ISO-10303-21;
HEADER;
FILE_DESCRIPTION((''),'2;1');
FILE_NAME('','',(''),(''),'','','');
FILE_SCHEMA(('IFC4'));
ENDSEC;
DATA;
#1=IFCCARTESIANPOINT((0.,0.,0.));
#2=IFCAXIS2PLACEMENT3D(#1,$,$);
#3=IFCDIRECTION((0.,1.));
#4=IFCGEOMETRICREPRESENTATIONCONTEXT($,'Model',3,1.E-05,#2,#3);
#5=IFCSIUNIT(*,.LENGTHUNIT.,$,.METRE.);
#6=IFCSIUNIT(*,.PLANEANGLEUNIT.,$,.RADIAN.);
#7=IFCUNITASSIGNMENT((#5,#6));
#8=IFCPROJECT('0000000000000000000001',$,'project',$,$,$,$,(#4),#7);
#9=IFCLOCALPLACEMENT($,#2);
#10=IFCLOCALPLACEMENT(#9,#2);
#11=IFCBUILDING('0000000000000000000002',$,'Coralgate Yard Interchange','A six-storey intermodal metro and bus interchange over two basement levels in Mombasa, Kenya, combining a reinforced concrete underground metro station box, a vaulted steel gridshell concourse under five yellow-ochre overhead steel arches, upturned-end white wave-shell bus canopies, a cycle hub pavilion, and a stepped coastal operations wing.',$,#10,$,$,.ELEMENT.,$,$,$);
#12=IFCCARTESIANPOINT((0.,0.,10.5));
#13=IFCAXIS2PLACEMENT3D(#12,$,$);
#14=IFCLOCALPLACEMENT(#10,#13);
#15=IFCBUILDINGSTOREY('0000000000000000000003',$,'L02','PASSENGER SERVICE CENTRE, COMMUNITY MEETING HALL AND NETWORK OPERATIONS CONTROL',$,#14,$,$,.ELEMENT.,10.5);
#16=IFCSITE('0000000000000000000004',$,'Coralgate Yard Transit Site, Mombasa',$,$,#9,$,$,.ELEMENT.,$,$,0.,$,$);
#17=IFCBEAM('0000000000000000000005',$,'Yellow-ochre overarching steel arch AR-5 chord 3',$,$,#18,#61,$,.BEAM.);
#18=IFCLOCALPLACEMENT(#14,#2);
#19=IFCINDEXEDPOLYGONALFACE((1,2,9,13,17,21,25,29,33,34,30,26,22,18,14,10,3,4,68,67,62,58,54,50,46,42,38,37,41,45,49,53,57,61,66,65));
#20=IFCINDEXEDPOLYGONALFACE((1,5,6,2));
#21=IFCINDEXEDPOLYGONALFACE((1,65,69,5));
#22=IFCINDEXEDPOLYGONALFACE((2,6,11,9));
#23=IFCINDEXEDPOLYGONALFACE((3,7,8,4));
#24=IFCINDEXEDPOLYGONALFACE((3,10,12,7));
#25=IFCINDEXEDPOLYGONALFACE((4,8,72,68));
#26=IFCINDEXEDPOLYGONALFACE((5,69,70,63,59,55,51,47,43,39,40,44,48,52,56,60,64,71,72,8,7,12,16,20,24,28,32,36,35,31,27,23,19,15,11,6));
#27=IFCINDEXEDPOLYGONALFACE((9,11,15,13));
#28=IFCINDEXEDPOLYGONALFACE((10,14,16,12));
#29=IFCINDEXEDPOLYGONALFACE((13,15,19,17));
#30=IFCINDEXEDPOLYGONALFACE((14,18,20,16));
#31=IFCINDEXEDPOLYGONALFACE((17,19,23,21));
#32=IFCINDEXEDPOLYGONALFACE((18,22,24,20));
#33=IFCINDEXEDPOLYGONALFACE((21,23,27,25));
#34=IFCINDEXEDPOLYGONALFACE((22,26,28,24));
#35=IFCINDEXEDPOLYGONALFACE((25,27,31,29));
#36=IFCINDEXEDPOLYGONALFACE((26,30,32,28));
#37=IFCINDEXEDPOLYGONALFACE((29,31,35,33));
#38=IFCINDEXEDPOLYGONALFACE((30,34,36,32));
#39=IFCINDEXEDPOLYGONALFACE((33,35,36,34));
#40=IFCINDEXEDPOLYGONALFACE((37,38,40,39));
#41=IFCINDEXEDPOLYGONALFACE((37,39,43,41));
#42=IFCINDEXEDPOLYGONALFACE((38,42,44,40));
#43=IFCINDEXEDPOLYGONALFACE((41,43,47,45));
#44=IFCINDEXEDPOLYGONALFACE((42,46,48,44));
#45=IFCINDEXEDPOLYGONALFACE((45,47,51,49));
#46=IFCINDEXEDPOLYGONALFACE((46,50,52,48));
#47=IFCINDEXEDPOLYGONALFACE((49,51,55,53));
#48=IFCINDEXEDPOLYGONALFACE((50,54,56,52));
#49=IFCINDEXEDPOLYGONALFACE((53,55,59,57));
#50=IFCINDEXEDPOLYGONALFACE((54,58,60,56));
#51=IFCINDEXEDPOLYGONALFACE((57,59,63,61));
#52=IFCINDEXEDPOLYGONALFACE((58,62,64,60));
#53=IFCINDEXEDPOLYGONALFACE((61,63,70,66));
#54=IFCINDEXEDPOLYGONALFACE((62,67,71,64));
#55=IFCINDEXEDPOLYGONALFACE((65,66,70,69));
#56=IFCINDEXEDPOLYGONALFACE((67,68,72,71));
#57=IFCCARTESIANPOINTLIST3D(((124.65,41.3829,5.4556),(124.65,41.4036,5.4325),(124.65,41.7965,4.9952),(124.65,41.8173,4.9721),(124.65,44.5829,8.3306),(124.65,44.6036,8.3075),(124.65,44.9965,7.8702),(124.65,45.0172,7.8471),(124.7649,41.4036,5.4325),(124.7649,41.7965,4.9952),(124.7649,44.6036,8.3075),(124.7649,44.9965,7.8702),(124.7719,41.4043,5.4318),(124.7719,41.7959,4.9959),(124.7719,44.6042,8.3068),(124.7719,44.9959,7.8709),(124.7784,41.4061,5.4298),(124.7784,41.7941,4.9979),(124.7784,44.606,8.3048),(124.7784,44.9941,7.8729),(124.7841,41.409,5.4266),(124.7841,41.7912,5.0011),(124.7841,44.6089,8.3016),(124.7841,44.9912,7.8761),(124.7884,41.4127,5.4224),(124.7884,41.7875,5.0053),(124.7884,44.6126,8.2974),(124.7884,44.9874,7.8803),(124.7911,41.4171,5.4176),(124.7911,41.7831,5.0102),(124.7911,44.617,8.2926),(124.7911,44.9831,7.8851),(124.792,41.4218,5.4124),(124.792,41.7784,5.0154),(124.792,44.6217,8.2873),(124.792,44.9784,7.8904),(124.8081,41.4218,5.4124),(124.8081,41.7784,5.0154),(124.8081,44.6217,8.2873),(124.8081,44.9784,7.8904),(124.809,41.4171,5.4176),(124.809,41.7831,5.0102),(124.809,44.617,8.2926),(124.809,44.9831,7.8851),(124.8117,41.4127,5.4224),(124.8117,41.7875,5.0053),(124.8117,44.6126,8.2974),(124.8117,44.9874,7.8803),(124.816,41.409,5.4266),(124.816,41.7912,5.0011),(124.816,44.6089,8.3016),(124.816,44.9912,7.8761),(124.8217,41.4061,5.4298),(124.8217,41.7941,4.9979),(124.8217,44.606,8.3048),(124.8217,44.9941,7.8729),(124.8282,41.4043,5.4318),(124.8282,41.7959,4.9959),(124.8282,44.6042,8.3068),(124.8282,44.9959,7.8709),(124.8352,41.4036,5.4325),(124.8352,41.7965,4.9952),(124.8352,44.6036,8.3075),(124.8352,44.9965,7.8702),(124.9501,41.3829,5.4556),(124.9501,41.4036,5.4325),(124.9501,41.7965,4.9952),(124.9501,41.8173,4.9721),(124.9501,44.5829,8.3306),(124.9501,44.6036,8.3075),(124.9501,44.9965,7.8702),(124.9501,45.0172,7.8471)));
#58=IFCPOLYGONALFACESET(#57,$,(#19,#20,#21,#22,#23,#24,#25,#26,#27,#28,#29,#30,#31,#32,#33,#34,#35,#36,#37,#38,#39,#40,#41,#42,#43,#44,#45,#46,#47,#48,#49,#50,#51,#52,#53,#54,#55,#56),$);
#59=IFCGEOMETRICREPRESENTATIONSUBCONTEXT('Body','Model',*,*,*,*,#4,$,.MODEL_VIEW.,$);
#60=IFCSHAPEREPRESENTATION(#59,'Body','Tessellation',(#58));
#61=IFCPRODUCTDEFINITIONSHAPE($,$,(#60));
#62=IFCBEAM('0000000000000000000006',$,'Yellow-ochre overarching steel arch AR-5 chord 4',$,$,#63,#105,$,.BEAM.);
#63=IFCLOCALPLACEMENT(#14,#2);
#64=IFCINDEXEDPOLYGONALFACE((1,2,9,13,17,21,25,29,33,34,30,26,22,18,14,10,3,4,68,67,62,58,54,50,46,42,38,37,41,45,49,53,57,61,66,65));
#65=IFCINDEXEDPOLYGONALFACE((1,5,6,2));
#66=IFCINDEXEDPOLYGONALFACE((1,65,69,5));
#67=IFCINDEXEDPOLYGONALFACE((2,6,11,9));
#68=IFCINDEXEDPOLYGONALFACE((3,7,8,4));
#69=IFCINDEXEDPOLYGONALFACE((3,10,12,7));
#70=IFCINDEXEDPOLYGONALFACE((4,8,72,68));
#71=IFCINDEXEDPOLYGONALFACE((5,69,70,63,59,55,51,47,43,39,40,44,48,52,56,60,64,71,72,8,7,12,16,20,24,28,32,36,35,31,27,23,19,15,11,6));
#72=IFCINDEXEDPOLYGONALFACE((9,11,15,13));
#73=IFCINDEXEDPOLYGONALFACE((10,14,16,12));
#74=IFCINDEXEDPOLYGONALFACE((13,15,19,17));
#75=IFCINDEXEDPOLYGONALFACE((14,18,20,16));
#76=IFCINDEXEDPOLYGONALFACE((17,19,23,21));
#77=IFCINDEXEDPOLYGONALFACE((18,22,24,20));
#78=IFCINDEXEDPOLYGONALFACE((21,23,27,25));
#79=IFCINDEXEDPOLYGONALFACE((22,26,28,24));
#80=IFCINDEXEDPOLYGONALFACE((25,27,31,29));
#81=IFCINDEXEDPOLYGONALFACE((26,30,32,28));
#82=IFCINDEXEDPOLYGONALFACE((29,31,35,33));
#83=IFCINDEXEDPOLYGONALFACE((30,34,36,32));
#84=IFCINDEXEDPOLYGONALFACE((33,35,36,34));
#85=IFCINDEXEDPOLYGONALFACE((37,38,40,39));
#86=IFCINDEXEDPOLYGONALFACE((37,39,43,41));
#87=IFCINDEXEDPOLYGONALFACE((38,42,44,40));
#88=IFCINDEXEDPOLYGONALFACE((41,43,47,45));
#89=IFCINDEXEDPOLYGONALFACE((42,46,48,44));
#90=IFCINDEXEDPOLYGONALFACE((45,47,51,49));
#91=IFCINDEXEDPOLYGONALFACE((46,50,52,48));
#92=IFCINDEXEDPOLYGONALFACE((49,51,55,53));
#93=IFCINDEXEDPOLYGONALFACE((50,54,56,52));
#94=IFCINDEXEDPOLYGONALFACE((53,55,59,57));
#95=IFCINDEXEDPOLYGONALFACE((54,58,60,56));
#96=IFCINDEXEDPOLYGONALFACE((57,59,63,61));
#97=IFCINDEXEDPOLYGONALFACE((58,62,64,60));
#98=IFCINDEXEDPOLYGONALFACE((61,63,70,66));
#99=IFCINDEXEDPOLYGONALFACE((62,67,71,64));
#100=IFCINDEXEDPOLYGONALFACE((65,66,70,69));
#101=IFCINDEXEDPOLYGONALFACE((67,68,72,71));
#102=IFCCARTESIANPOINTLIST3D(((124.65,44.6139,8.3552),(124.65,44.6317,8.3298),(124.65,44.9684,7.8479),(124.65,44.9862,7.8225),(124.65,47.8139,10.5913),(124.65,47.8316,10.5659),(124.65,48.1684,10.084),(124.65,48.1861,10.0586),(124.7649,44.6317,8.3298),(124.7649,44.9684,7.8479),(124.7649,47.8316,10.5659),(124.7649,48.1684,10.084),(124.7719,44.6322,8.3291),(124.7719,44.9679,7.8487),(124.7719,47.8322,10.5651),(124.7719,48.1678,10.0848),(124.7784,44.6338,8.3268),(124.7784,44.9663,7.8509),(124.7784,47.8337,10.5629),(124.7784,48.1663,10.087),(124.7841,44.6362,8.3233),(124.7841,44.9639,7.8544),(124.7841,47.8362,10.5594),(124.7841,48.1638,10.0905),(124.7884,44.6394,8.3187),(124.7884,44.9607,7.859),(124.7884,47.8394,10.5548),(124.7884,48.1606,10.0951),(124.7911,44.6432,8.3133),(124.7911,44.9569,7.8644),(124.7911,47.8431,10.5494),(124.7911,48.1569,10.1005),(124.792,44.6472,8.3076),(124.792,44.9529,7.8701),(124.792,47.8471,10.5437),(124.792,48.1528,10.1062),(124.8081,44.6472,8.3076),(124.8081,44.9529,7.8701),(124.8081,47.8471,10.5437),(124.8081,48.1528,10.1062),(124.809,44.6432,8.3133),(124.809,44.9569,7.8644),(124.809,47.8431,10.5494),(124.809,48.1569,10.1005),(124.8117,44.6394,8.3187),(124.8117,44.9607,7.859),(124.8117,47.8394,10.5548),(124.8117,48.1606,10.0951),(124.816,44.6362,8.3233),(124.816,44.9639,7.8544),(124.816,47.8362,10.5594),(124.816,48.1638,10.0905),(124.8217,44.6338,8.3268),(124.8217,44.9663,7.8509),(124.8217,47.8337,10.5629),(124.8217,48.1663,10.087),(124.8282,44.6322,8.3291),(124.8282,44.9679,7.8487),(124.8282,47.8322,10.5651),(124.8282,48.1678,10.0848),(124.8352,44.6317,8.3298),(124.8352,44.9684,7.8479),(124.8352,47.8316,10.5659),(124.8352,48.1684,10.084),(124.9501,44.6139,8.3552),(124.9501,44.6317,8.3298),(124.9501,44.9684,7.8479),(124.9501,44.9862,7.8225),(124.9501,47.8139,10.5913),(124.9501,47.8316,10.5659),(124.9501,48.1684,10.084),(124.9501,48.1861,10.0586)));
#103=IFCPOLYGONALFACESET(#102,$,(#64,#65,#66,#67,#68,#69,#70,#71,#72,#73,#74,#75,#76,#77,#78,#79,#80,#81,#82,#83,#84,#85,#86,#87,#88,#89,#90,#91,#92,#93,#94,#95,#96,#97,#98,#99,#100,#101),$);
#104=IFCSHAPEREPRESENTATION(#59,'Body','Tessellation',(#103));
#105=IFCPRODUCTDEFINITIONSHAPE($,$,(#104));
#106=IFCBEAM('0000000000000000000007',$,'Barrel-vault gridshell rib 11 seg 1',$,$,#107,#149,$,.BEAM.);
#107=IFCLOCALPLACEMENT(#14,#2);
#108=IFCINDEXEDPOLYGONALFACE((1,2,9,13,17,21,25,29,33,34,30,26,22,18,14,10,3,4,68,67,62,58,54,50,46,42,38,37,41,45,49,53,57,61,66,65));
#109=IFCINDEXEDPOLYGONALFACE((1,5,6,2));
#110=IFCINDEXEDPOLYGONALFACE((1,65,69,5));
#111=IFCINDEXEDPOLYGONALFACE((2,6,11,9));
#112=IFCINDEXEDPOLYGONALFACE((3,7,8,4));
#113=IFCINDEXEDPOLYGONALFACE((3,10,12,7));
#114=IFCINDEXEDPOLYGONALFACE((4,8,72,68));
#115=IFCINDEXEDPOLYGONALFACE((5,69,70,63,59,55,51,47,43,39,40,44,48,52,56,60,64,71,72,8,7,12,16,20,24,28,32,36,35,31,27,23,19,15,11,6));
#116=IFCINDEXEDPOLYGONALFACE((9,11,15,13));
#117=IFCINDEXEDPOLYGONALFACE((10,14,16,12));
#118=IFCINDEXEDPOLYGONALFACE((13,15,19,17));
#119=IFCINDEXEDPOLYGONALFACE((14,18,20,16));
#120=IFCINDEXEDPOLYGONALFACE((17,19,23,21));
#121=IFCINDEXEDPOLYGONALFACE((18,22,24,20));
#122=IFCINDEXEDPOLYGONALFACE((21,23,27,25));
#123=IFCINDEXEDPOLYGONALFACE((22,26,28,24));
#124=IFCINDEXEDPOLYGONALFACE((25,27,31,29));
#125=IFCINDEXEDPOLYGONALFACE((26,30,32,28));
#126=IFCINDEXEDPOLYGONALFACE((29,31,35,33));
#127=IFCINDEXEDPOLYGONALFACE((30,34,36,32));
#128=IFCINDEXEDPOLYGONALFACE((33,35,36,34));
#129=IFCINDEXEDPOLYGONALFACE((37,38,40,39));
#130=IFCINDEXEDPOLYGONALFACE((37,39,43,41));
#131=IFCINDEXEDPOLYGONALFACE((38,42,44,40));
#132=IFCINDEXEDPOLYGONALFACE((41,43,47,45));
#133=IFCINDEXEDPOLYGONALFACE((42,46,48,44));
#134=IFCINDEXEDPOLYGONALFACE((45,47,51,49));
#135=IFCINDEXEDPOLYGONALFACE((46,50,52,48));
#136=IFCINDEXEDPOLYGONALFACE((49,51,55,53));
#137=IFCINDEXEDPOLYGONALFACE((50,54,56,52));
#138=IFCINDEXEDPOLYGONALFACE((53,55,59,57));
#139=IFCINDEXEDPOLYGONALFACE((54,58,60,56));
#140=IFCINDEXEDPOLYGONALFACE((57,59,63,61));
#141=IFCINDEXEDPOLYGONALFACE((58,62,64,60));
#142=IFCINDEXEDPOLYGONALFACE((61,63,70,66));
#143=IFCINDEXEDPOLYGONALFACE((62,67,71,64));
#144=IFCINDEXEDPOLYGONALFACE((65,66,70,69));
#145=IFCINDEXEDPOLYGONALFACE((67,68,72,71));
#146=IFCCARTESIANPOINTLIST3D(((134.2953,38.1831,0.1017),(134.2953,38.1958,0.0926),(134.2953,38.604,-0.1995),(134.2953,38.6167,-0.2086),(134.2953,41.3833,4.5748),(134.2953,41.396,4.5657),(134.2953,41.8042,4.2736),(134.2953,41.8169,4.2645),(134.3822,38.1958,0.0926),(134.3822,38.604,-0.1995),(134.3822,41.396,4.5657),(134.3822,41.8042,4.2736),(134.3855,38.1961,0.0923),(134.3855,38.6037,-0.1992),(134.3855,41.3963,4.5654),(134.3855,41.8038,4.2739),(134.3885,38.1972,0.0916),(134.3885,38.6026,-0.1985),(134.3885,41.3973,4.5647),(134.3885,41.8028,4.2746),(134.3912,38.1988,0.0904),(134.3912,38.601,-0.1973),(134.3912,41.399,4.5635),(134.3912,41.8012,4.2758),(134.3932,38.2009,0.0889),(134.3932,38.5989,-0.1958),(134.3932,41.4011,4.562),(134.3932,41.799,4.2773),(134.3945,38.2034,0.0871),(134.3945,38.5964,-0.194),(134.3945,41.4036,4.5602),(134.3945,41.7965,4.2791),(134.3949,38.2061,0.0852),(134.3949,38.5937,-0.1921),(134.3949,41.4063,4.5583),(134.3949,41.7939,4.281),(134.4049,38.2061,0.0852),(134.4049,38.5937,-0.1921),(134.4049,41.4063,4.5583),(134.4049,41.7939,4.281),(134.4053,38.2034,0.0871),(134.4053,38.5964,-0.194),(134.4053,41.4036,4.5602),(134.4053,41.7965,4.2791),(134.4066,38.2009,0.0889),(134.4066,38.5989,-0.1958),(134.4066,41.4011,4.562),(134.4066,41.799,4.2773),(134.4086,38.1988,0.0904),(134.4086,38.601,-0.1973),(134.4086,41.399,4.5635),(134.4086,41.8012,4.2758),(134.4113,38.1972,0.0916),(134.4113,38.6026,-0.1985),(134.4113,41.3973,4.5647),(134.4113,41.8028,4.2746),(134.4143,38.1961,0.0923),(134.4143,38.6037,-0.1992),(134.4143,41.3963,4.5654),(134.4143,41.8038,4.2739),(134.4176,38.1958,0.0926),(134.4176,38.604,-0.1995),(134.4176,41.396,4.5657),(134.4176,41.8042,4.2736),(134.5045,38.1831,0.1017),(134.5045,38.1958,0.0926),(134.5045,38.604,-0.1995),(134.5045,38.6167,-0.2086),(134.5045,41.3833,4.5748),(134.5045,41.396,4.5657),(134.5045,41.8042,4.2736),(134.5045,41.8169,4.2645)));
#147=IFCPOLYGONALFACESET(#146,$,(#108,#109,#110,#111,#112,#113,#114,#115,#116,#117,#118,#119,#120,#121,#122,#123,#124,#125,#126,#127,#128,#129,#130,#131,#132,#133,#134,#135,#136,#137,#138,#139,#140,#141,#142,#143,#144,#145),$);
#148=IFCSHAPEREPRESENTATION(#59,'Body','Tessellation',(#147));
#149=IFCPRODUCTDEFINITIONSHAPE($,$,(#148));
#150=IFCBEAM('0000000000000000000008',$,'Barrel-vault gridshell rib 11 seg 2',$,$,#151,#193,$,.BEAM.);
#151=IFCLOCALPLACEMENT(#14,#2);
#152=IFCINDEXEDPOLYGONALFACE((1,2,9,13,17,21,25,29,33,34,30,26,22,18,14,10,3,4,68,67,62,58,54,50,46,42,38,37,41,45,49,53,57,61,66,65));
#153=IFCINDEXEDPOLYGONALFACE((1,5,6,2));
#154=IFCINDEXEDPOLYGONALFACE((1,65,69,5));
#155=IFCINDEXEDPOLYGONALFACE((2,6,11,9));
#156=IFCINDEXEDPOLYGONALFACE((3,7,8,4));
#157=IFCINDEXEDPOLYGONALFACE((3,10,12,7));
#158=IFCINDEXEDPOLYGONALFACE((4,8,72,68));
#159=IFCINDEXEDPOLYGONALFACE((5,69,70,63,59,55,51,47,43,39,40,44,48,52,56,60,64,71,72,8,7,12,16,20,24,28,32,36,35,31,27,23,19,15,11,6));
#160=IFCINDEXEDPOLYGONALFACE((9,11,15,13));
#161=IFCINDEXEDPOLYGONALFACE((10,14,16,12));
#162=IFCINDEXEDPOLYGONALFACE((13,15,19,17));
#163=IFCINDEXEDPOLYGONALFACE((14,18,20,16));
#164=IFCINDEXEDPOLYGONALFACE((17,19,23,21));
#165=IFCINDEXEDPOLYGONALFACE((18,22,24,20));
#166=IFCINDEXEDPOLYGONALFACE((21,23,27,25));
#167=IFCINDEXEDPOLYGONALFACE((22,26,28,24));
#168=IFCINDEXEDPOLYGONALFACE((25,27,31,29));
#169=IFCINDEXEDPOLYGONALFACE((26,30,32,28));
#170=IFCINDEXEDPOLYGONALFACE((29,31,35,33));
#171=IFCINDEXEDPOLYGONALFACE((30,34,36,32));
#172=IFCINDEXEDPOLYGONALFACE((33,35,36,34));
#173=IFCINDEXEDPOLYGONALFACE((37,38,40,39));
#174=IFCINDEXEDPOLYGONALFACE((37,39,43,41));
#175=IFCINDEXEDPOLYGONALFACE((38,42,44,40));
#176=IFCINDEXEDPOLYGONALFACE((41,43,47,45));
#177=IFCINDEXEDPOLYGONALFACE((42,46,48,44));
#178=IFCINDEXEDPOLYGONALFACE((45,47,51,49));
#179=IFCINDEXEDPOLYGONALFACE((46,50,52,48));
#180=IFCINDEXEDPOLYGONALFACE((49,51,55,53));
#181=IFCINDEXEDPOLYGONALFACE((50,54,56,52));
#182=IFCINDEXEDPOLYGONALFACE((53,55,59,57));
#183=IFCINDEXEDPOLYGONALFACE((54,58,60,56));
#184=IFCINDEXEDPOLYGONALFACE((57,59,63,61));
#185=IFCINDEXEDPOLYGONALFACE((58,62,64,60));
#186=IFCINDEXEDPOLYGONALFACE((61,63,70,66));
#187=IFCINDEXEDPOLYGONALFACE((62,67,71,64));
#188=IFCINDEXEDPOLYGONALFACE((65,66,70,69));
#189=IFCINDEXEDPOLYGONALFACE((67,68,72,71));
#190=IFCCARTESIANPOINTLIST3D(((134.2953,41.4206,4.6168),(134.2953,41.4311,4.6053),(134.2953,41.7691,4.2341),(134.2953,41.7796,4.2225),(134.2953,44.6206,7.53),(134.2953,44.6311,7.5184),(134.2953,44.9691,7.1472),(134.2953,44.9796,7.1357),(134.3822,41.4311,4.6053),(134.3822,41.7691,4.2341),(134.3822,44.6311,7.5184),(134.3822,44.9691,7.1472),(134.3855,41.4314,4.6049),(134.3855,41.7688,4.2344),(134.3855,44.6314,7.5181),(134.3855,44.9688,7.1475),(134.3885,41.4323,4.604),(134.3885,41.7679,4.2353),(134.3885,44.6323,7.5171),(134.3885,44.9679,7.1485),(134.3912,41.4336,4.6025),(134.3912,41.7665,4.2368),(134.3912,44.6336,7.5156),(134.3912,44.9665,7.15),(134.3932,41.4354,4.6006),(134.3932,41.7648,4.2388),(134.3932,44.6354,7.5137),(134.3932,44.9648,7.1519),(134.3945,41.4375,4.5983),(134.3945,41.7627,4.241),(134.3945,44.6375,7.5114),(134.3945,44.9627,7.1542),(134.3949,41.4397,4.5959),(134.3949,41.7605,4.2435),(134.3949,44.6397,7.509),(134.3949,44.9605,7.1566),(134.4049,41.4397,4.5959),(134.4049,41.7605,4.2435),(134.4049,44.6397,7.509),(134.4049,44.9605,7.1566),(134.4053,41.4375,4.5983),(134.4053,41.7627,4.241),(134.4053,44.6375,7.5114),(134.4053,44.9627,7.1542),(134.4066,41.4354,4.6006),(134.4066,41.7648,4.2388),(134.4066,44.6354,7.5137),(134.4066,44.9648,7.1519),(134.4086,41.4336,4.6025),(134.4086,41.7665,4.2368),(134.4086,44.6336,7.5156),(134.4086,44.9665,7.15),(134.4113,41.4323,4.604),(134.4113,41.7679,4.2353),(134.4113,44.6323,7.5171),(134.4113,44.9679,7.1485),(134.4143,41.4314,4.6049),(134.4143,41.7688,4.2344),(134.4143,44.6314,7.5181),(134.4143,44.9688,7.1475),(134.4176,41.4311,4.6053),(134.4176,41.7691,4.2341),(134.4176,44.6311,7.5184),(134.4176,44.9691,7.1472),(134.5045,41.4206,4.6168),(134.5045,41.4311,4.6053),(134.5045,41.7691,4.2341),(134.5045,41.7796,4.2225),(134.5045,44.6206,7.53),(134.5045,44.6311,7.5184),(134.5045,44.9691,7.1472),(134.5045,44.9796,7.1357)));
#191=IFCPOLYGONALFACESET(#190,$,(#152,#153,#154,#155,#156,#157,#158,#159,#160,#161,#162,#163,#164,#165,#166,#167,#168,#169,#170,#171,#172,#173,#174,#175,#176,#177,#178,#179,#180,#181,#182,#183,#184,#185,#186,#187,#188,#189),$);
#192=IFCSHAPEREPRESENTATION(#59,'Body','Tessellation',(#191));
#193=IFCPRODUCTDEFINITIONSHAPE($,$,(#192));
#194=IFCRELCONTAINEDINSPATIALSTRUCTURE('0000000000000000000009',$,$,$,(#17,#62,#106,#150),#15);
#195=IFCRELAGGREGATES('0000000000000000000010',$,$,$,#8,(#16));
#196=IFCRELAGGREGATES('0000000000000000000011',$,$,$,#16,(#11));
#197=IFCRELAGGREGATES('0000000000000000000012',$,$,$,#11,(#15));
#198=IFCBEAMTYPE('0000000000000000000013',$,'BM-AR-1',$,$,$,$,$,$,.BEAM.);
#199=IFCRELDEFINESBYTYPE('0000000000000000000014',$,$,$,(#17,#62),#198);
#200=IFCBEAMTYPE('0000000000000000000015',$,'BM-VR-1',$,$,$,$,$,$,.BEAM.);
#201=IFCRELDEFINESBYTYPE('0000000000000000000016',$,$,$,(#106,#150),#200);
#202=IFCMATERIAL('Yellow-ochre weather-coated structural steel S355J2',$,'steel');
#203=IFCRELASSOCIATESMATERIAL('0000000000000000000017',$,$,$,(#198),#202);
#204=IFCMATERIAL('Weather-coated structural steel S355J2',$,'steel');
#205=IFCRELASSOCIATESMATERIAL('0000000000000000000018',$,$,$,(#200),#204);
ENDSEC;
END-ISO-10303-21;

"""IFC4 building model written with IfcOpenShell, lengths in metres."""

from ifc_helpers import new_model, si_unit, direction, frame, origin, origin_2d, place, context, subcontext, project, spatial, i_section, extrude, material, material_profile, profile_set, type_object, element, save


model = new_model("IFC4")

# Units and contexts
model_context = context("Model", 3, precision=1e-05, world=origin(), true_north=direction((0.0, 1.0)))
body_context = subcontext(model_context, "Body", "Model", "MODEL_VIEW")
ifc_project = project(units=[si_unit("LENGTHUNIT", "METRE"), si_unit("PLANEANGLEUNIT", "RADIAN")], contexts=[model_context])

# Site, building, storey
site_placement = place(None, origin())
site = spatial("IfcSite", under=ifc_project, at=site_placement, Name="Coralgate Yard Transit Site, Mombasa", CompositionType="ELEMENT", RefElevation=0.0)
building_placement = place(site_placement, origin())
building = spatial("IfcBuilding", under=site, at=building_placement, Name="Coralgate Yard Interchange", Description="A six-storey intermodal metro and bus interchange over two basement levels in Mombasa, Kenya, combining a reinforced concrete underground metro station box, a vaulted steel gridshell concourse under five yellow-ochre overhead steel arches, upturned-end white wave-shell bus canopies, a cycle hub pavilion, and a stepped coastal operations wing.", CompositionType="ELEMENT")
storey_placement = place(building_placement, frame((0.0, 0.0, 10.5)))
storey = spatial("IfcBuildingStorey", under=building, at=storey_placement, Name="L02", Description="PASSENGER SERVICE CENTRE, COMMUNITY MEETING HALL AND NETWORK OPERATIONS CONTROL", CompositionType="ELEMENT", Elevation=10.5)

# Beams
ifc_material_1 = material(Name="Yellow-ochre weather-coated structural steel S355J2", Category="steel")
ifc_material_profile_1 = material_profile(ifc_material_1, i_section(OverallWidth=0.3, OverallDepth=0.6499, WebThickness=0.0161, FlangeThickness=0.031, FilletRadius=0.0271, at=origin_2d()), Name="HEB 650")
ifc_profile_set_1 = profile_set([ifc_material_profile_1], Name="Yellow-ochre weather-coated structural steel S355J2")
beam_type_1 = type_object("IfcBeamType", Name="BM-AR-1", PredefinedType="BEAM", material=ifc_profile_set_1)
beam_1_placement = place(storey_placement, frame((124.8, 41.6001, 5.2139), z_axis=(0.0, 0.743867, 0.668328), x_axis=(-1.0, 0.0, 0.0)))
element("IfcBeam", 1, at=beam_1_placement, inside=storey, type_object=beam_type_1, Name="Yellow-ochre overarching steel arch AR-5 chord 3", PredefinedType="BEAM", context=body_context, shape_type="SweptSolid", body=[
    extrude(i_section(OverallWidth=0.3, OverallDepth=0.6499, WebThickness=0.0161, FlangeThickness=0.031, FilletRadius=0.0271, at=origin_2d()), origin(), (0.0, 0.0, 1.0), 4.3018),
])
beam_2_placement = place(storey_placement, frame((124.8, 44.8, 8.0889), z_axis=(0.0, 0.819699, 0.572795), x_axis=(-1.0, 0.0, 0.0)))
element("IfcBeam", 2, at=beam_2_placement, inside=storey, type_object=beam_type_1, Name="Yellow-ochre overarching steel arch AR-5 chord 4", PredefinedType="BEAM", context=body_context, shape_type="SweptSolid", body=[
    extrude(i_section(OverallWidth=0.3, OverallDepth=0.6499, WebThickness=0.0161, FlangeThickness=0.031, FilletRadius=0.0271, at=origin_2d()), origin(), (0.0, 0.0, 1.0), 3.9038),
])
ifc_material_2 = material(Name="Weather-coated structural steel S355J2", Category="steel")
ifc_material_profile_2 = material_profile(ifc_material_2, i_section(OverallWidth=0.2092, OverallDepth=0.5332, WebThickness=0.01, FlangeThickness=0.0156, FilletRadius=0.0127, at=origin_2d()), Name="UB 533x210x92")
ifc_profile_set_2 = profile_set([ifc_material_profile_2], Name="Weather-coated structural steel S355J2")
beam_type_2 = type_object("IfcBeamType", Name="BM-VR-1", PredefinedType="BEAM", material=ifc_profile_set_2)
beam_3_placement = place(storey_placement, frame((134.3999, 38.3999, -0.0535), z_axis=(0.0, 0.581851, 0.813295), x_axis=(-1.0, 0.0, 0.0)))
element("IfcBeam", 3, at=beam_3_placement, inside=storey, type_object=beam_type_2, Name="Barrel-vault gridshell rib 11 seg 1", PredefinedType="BEAM", context=body_context, shape_type="SweptSolid", body=[
    extrude(i_section(OverallWidth=0.2092, OverallDepth=0.5332, WebThickness=0.01, FlangeThickness=0.0156, FilletRadius=0.0127, at=origin_2d()), origin(), (0.0, 0.0, 1.0), 5.5),
])
beam_4_placement = place(storey_placement, frame((134.3999, 41.6001, 4.4197), z_axis=(0.0, 0.739475, 0.673184), x_axis=(-1.0, 0.0, 0.0)))
element("IfcBeam", 4, at=beam_4_placement, inside=storey, type_object=beam_type_2, Name="Barrel-vault gridshell rib 11 seg 2", PredefinedType="BEAM", context=body_context, shape_type="SweptSolid", body=[
    extrude(i_section(OverallWidth=0.2092, OverallDepth=0.5332, WebThickness=0.01, FlangeThickness=0.0156, FilletRadius=0.0127, at=origin_2d()), origin(), (0.0, 0.0, 1.0), 4.3274),
])

save(model, "model.ifc")
